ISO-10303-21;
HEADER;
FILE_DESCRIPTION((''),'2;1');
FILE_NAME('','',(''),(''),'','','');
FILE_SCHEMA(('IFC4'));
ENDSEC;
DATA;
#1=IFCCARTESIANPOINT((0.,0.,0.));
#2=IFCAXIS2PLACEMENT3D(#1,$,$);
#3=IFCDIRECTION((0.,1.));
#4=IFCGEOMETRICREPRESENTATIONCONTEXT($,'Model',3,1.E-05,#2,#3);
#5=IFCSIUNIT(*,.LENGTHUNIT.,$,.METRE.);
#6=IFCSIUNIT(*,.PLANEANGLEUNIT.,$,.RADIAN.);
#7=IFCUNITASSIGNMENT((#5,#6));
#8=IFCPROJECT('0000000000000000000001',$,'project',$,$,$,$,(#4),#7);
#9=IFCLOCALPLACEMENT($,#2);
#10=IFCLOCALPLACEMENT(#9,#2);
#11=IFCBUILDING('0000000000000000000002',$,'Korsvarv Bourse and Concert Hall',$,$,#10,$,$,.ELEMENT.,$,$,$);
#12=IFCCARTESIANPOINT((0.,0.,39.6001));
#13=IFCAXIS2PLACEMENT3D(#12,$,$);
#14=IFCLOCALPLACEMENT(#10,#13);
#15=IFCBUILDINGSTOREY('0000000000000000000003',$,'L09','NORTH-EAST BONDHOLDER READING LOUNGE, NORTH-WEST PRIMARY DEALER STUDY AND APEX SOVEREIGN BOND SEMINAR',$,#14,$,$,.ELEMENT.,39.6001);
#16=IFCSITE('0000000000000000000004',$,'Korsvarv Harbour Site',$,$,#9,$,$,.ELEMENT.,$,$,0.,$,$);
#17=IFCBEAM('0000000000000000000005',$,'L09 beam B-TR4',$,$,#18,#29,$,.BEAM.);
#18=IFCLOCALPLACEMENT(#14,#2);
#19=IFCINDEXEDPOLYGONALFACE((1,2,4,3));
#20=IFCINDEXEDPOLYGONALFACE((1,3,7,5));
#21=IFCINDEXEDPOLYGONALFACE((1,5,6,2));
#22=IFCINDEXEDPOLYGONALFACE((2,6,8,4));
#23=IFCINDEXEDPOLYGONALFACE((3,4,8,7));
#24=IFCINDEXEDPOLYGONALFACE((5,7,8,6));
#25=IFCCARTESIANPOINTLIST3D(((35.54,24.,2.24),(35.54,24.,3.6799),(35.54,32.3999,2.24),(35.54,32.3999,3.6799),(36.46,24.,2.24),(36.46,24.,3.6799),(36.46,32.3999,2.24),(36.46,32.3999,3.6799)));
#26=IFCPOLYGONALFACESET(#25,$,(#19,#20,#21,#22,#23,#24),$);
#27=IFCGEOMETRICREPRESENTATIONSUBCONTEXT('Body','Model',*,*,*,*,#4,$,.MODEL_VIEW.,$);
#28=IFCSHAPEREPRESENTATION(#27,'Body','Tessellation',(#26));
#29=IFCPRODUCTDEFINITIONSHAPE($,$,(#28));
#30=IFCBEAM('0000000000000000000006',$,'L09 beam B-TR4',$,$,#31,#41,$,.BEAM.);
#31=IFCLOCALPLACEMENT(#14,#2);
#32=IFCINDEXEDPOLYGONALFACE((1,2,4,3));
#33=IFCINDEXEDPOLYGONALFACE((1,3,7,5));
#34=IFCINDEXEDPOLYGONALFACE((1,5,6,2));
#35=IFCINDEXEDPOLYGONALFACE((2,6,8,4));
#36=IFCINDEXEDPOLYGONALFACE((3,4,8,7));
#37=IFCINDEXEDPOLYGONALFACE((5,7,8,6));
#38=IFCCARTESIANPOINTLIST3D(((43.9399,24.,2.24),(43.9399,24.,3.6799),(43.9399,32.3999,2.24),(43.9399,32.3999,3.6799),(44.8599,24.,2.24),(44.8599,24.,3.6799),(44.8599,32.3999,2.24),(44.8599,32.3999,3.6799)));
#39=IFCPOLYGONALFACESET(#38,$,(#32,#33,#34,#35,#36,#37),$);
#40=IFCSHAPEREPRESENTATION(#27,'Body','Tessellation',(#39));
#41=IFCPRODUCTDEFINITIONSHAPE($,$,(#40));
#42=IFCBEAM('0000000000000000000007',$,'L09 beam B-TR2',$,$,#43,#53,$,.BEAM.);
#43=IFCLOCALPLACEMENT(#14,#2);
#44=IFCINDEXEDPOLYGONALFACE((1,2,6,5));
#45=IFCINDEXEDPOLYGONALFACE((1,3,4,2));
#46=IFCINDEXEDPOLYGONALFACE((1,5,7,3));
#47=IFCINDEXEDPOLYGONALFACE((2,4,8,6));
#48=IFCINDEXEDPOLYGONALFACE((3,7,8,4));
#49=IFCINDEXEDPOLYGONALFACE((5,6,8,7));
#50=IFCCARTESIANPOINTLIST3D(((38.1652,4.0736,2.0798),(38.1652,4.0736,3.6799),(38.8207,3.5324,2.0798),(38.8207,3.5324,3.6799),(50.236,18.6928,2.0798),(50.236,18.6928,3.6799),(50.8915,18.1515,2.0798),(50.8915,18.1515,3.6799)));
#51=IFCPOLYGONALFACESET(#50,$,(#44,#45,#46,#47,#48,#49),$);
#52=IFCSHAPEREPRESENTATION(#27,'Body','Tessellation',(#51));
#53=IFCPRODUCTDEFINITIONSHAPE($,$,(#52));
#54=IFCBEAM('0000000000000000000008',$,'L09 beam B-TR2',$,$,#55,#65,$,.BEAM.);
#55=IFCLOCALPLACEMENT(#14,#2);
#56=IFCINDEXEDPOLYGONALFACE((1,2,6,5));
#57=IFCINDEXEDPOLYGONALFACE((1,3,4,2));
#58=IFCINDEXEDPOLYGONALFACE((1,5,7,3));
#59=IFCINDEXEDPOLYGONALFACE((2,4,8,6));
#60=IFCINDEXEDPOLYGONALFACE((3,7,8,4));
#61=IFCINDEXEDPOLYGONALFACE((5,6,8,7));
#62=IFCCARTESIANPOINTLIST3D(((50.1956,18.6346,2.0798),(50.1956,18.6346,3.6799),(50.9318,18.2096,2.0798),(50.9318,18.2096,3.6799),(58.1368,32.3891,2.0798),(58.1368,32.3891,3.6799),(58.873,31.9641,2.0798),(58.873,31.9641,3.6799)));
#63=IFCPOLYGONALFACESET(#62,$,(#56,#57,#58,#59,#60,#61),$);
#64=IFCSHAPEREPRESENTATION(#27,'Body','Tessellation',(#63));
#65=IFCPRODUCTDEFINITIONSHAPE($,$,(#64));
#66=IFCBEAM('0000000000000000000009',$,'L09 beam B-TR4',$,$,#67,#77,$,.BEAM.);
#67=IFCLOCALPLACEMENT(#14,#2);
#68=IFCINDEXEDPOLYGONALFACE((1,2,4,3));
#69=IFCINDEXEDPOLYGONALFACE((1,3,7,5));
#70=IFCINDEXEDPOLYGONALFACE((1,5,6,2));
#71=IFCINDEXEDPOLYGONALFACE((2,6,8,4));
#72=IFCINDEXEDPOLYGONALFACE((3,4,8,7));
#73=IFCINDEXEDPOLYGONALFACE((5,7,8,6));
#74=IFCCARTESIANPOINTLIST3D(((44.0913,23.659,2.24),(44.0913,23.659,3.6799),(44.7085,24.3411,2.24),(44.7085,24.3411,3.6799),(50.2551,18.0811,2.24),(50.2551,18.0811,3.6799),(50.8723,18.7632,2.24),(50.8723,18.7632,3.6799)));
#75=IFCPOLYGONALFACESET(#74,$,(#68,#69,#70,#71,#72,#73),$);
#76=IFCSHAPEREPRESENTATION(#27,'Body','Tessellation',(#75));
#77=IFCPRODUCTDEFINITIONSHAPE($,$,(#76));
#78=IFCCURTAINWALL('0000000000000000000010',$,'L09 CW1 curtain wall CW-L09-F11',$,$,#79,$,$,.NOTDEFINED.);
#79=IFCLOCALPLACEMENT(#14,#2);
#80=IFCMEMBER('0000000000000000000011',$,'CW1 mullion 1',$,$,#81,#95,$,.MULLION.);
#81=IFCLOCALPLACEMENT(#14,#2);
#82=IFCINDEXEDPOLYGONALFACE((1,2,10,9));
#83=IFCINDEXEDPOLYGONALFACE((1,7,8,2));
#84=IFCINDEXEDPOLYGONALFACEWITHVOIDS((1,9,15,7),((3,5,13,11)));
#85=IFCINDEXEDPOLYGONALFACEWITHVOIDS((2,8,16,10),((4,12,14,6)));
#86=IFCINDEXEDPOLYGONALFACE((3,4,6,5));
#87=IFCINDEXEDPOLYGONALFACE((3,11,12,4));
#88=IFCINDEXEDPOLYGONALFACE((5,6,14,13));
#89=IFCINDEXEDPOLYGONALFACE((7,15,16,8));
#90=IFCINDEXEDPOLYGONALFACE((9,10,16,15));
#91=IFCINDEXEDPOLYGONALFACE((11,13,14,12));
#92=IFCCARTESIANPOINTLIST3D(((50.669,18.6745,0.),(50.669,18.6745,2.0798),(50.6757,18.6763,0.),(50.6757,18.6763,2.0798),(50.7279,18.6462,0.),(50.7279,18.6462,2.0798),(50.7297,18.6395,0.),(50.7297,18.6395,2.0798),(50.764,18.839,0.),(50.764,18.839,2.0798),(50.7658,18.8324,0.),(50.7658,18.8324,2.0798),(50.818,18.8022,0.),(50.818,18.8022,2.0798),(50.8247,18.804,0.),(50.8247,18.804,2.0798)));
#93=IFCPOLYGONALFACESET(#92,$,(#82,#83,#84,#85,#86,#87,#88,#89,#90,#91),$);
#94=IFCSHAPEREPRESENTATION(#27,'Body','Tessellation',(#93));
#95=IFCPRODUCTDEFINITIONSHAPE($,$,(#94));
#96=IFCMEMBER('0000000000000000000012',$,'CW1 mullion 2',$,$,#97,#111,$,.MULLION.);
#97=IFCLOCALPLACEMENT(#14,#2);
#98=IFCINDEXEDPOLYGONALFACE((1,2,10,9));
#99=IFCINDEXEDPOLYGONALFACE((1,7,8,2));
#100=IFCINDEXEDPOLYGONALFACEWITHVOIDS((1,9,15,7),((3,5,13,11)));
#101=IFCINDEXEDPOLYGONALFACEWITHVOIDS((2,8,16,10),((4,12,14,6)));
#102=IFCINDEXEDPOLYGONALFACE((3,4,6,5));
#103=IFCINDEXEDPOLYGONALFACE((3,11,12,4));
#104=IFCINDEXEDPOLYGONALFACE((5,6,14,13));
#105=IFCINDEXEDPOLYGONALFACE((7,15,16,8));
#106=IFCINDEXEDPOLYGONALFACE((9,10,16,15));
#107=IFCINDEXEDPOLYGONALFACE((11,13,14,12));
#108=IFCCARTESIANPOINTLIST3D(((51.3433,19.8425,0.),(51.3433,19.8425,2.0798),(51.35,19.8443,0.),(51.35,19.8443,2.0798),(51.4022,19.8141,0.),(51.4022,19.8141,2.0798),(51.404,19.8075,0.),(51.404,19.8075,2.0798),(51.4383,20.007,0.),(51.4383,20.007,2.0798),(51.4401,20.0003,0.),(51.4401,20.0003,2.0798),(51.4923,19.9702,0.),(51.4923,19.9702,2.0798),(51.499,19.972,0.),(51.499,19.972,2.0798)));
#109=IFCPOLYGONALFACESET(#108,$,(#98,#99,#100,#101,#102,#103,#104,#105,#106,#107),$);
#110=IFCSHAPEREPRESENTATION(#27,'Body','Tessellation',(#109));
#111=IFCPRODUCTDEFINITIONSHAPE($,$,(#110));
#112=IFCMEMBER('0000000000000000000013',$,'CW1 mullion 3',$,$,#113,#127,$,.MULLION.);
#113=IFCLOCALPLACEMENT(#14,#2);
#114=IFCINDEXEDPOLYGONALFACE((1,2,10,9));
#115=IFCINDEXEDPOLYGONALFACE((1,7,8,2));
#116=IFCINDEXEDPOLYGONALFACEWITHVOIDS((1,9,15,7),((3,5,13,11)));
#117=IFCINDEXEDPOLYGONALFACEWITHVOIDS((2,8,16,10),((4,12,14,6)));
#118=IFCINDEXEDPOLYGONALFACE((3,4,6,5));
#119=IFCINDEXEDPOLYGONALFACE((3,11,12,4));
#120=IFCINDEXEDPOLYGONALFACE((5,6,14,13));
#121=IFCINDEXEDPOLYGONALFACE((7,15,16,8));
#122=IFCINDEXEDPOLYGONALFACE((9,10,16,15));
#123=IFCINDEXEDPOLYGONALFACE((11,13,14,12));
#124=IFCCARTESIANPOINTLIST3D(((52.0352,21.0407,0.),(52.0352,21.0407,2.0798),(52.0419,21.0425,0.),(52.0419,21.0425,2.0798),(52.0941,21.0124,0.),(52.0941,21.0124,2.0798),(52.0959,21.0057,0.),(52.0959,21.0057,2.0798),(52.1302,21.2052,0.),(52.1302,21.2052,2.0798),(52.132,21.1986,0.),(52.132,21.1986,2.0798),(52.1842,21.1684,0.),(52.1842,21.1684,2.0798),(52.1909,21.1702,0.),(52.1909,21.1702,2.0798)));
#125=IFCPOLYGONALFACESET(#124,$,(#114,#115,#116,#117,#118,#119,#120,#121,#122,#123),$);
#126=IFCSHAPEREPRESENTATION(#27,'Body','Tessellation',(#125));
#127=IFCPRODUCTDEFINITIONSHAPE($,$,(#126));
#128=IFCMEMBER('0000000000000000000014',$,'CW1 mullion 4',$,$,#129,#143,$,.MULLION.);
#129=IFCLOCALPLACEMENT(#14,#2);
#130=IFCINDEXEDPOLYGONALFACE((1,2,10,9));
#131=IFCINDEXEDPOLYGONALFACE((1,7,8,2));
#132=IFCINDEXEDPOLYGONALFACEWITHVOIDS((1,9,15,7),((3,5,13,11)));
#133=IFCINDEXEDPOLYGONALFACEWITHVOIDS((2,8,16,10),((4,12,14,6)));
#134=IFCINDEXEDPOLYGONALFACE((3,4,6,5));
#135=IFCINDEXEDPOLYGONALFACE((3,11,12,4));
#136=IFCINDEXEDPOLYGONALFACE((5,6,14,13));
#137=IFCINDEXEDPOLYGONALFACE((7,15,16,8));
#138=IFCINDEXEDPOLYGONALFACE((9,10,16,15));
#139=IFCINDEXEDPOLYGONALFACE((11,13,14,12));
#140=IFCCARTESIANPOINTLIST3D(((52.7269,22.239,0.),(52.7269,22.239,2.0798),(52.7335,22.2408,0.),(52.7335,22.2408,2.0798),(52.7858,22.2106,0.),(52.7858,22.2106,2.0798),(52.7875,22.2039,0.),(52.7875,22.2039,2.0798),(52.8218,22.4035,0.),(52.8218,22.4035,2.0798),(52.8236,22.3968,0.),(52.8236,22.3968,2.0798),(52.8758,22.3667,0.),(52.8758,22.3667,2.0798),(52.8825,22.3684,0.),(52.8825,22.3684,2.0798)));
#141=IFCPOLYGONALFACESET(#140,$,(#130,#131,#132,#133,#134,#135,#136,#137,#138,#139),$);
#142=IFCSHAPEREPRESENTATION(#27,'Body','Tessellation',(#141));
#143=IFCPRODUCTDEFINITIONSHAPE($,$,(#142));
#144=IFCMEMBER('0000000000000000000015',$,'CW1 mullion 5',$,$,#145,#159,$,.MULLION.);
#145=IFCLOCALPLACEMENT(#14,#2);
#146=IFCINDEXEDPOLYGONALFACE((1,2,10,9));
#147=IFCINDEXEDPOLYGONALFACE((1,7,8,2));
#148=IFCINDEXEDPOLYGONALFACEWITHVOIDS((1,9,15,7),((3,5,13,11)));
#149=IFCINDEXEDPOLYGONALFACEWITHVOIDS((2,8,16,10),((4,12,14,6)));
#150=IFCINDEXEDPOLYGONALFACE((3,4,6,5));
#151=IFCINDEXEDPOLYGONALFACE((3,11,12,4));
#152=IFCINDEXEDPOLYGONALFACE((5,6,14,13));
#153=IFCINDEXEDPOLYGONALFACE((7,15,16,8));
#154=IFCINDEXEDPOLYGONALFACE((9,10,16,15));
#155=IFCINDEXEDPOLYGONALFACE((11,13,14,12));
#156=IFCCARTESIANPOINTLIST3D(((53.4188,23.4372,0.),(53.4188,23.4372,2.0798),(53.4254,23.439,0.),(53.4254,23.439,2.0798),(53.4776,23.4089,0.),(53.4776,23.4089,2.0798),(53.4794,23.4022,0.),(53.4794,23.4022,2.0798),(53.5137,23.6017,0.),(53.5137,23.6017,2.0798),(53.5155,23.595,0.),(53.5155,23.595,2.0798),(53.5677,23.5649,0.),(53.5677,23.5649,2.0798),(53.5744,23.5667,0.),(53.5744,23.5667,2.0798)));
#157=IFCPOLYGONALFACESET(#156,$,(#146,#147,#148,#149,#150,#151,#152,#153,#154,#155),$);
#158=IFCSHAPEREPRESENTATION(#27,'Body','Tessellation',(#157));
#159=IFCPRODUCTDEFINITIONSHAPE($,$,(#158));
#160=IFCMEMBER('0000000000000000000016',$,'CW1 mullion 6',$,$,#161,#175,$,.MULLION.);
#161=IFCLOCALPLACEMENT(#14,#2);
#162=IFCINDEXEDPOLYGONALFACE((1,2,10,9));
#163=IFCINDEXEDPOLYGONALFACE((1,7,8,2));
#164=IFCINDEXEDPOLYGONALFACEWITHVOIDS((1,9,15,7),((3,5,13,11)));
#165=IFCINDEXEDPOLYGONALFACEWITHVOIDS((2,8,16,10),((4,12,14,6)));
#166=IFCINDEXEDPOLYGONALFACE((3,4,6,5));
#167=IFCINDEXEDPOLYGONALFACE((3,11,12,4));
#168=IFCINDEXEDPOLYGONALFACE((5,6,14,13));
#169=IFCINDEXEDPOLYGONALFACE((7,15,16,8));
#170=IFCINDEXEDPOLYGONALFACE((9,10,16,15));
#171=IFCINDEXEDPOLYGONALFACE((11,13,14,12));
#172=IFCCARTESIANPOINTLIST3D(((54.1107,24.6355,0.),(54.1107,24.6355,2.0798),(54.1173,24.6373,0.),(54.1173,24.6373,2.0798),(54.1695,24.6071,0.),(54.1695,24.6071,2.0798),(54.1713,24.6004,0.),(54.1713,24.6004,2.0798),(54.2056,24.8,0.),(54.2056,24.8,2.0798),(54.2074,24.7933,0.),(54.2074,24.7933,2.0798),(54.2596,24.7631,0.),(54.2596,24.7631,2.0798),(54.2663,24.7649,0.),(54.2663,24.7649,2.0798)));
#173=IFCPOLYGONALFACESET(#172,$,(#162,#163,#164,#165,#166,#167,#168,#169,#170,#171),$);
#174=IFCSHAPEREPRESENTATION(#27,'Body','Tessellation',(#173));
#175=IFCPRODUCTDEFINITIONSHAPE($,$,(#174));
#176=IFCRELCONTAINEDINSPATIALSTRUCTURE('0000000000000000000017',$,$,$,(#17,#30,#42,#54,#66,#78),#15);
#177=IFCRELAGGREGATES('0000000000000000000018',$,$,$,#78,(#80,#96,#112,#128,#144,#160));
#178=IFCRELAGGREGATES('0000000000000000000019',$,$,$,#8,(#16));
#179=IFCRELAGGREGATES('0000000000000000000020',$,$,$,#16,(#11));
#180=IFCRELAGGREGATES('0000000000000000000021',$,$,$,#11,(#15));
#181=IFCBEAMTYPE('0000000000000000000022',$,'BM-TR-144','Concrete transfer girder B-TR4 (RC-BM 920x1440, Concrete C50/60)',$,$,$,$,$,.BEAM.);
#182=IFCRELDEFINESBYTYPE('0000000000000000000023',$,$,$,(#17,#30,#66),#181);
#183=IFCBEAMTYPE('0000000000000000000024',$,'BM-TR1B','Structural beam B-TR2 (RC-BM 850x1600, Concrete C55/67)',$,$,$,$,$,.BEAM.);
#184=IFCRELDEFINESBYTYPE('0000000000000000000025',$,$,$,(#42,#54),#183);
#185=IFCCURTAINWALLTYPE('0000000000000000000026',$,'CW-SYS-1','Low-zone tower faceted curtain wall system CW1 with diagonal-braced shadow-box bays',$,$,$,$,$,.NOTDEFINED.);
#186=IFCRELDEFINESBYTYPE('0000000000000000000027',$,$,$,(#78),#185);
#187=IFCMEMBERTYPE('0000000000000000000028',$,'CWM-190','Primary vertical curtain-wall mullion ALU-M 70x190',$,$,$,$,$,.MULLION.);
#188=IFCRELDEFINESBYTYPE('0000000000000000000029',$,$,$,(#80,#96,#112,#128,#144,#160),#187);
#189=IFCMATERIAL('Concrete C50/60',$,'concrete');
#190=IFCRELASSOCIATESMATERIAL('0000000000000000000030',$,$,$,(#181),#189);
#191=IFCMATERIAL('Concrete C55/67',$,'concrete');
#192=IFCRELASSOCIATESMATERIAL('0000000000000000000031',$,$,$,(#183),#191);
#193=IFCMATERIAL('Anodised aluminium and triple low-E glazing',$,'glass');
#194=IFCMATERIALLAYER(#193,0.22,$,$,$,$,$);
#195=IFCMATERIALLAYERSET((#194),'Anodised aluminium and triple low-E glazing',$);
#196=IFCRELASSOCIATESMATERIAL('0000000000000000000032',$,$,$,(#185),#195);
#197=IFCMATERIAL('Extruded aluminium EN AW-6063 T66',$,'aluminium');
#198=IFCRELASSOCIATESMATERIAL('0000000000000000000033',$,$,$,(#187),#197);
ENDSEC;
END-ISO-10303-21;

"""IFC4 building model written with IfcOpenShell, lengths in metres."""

from ifc_helpers import new_model, si_unit, direction, frame, origin, origin_2d, place, context, subcontext, project, spatial, rectangle, hollow_rectangle, extrude, source, transform, mapped, material, layer, layer_set, material_profile, profile_set, type_object, element, aggregate, save


model = new_model("IFC4")

# Units and contexts
model_context = context("Model", 3, precision=1e-05, world=origin(), true_north=direction((0.0, 1.0)))
body_context = subcontext(model_context, "Body", "Model", "MODEL_VIEW")
ifc_project = project(units=[si_unit("LENGTHUNIT", "METRE"), si_unit("PLANEANGLEUNIT", "RADIAN")], contexts=[model_context])

# Site, building, storey
site_placement = place(None, origin())
site = spatial("IfcSite", under=ifc_project, at=site_placement, Name="Korsvarv Harbour Site", CompositionType="ELEMENT", RefElevation=0.0)
building_placement = place(site_placement, origin())
building = spatial("IfcBuilding", under=site, at=building_placement, Name="Korsvarv Bourse and Concert Hall", CompositionType="ELEMENT")
storey_placement = place(building_placement, frame((0.0, 0.0, 39.6001)))
storey = spatial("IfcBuildingStorey", under=building, at=storey_placement, Name="L09", Description="NORTH-EAST BONDHOLDER READING LOUNGE, NORTH-WEST PRIMARY DEALER STUDY AND APEX SOVEREIGN BOND SEMINAR", CompositionType="ELEMENT", Elevation=39.6001)

# Beams
ifc_material_1 = material(Name="Concrete C50/60", Category="concrete")
ifc_material_profile_1 = material_profile(ifc_material_1, rectangle(XDim=0.9199, YDim=1.4399, at=origin_2d()), Name="RC-BM 920x1440")
ifc_profile_set_1 = profile_set([ifc_material_profile_1], Name="Concrete C50/60")
beam_type_1 = type_object("IfcBeamType", Name="BM-TR-144", Description="Concrete transfer girder B-TR4 (RC-BM 920x1440, Concrete C50/60)", PredefinedType="BEAM", material=ifc_profile_set_1)
shared_shape_1 = source(origin(), body_context, "Body", "SweptSolid", [
    extrude(rectangle(XDim=0.9199, YDim=1.4399, at=origin_2d()), origin(), (0.0, 0.0, 1.0), 8.3999),
])
for number, where, z_axis, x_axis, name in (
    (1, (36.0, 24.0, 2.96), (0.0, 1.0, 0.0), (-1.0, 0.0, 0.0), "L09 beam B-TR4"),
    (2, (44.3999, 24.0, 2.96), (0.0, 1.0, 0.0), (-1.0, 0.0, 0.0), "L09 beam B-TR4"),
):
    element("IfcBeam", number, at=place(storey_placement, frame(where, z_axis=z_axis, x_axis=x_axis)), inside=storey, type_object=beam_type_1, Name=name, PredefinedType="BEAM", context=body_context, shape_type="MappedRepresentation", body=[
        mapped(shared_shape_1, transform((0.0, 0.0, 0.0), scale=1.0)),
    ])
ifc_material_2 = material(Name="Concrete C55/67", Category="concrete")
ifc_material_profile_2 = material_profile(ifc_material_2, rectangle(XDim=0.8501, YDim=1.6001, at=origin_2d()), Name="RC-BM 850x1600")
ifc_profile_set_2 = profile_set([ifc_material_profile_2], Name="Concrete C55/67")
beam_type_2 = type_object("IfcBeamType", Name="BM-TR1B", Description="Structural beam B-TR2 (RC-BM 850x1600, Concrete C55/67)", PredefinedType="BEAM", material=ifc_profile_set_2)
shared_shape_2 = source(origin(), body_context, "Body", "SweptSolid", [
    extrude(rectangle(XDim=0.8501, YDim=1.6001, at=origin_2d()), origin(), (0.0, 0.0, 1.0), 18.9585),
])
beam_1_placement = place(storey_placement, frame((38.4929, 3.803, 2.8799), z_axis=(0.636697, 0.771114, 0.0), x_axis=(-0.771114, 0.636697, 0.0)))
element("IfcBeam", 3, at=beam_1_placement, inside=storey, type_object=beam_type_2, Name="L09 beam B-TR2", PredefinedType="BEAM", context=body_context, shape_type="MappedRepresentation", body=[
    mapped(shared_shape_2, transform((0.0, 0.0, 0.0), scale=1.0)),
])
shared_shape_3 = source(origin(), body_context, "Body", "SweptSolid", [
    extrude(rectangle(XDim=0.8501, YDim=1.6001, at=origin_2d()), origin(), (0.0, 0.0, 1.0), 15.8823),
])
beam_2_placement = place(storey_placement, frame((50.5637, 18.4221, 2.8799), z_axis=(0.500003, 0.866024, 0.0), x_axis=(-0.866024, 0.500003, 0.0)))
element("IfcBeam", 4, at=beam_2_placement, inside=storey, type_object=beam_type_2, Name="L09 beam B-TR2", PredefinedType="BEAM", context=body_context, shape_type="MappedRepresentation", body=[
    mapped(shared_shape_3, transform((0.0, 0.0, 0.0), scale=1.0)),
])
shared_shape_4 = source(origin(), body_context, "Body", "SweptSolid", [
    extrude(rectangle(XDim=0.9199, YDim=1.4399, at=origin_2d()), origin(), (0.0, 0.0, 1.0), 8.313),
])
beam_3_placement = place(storey_placement, frame((50.5637, 18.4221, 2.96), z_axis=(-0.74147, 0.670986, 0.0), x_axis=(-0.670986, -0.74147, 0.0)))
element("IfcBeam", 5, at=beam_3_placement, inside=storey, type_object=beam_type_1, Name="L09 beam B-TR4", PredefinedType="BEAM", context=body_context, shape_type="MappedRepresentation", body=[
    mapped(shared_shape_4, transform((0.0, 0.0, 0.0), scale=1.0)),
])

# Curtain wall, members
ifc_material_3 = material(Name="Anodised aluminium and triple low-E glazing", Category="glass")
ifc_layer_1 = layer(ifc_material_3, 0.22)
ifc_layer_set_1 = layer_set([ifc_layer_1], Name="Anodised aluminium and triple low-E glazing")
curtain_wall_type = type_object("IfcCurtainWallType", Name="CW-SYS-1", Description="Low-zone tower faceted curtain wall system CW1 with diagonal-braced shadow-box bays", PredefinedType="NOTDEFINED", material=ifc_layer_set_1)
curtain_wall_placement = place(storey_placement, origin())
curtain_wall = element("IfcCurtainWall", 6, at=curtain_wall_placement, inside=storey, type_object=curtain_wall_type, Name="L09 CW1 curtain wall CW-L09-F11", PredefinedType="NOTDEFINED")
ifc_material_4 = material(Name="Extruded aluminium EN AW-6063 T66", Category="aluminium")
ifc_material_profile_3 = material_profile(ifc_material_4, hollow_rectangle(XDim=0.0701, YDim=0.1899, WallThickness=0.0049, at=origin_2d()), Name="ALU-M 70x190")
ifc_profile_set_3 = profile_set([ifc_material_profile_3], Name="Extruded aluminium EN AW-6063 T66")
member_type_1 = type_object("IfcMemberType", Name="CWM-190", Description="Primary vertical curtain-wall mullion ALU-M 70x190", PredefinedType="MULLION", material=ifc_profile_set_3)
shared_shape_5 = source(origin(), body_context, "Body", "SweptSolid", [
    extrude(hollow_rectangle(XDim=0.0701, YDim=0.1899, WallThickness=0.0049, at=origin_2d()), origin(), (0.0, 0.0, 1.0), 2.0798),
])
member_1_placement = place(storey_placement, frame((50.7468, 18.7393, 0.0), z_axis=(0.0, 0.0, 1.0), x_axis=(-0.866026, 0.5, 0.0)))
member_1 = element("IfcMember", 7, at=member_1_placement, type_object=member_type_1, Name="CW1 mullion 1", PredefinedType="MULLION", context=body_context, shape_type="MappedRepresentation", body=[
    mapped(shared_shape_5, transform((0.0, 0.0, 0.0), scale=1.0)),
])
member_2_placement = place(storey_placement, frame((51.4211, 19.9072, 0.0), z_axis=(0.0, 0.0, 1.0), x_axis=(-0.866026, 0.5, 0.0)))
member_2 = element("IfcMember", 8, at=member_2_placement, type_object=member_type_1, Name="CW1 mullion 2", PredefinedType="MULLION", context=body_context, shape_type="MappedRepresentation", body=[
    mapped(shared_shape_5, transform((0.0, 0.0, 0.0), scale=1.0)),
])
member_3_placement = place(storey_placement, frame((52.113, 21.1055, 0.0), z_axis=(0.0, 0.0, 1.0), x_axis=(-0.866026, 0.5, 0.0)))
member_3 = element("IfcMember", 9, at=member_3_placement, type_object=member_type_1, Name="CW1 mullion 3", PredefinedType="MULLION", context=body_context, shape_type="MappedRepresentation", body=[
    mapped(shared_shape_5, transform((0.0, 0.0, 0.0), scale=1.0)),
])
member_4_placement = place(storey_placement, frame((52.8047, 22.3037, 0.0), z_axis=(0.0, 0.0, 1.0), x_axis=(-0.866026, 0.5, 0.0)))
member_4 = element("IfcMember", 10, at=member_4_placement, type_object=member_type_1, Name="CW1 mullion 4", PredefinedType="MULLION", context=body_context, shape_type="MappedRepresentation", body=[
    mapped(shared_shape_5, transform((0.0, 0.0, 0.0), scale=1.0)),
])
member_5_placement = place(storey_placement, frame((53.4966, 23.502, 0.0), z_axis=(0.0, 0.0, 1.0), x_axis=(-0.866026, 0.5, 0.0)))
member_5 = element("IfcMember", 11, at=member_5_placement, type_object=member_type_1, Name="CW1 mullion 5", PredefinedType="MULLION", context=body_context, shape_type="MappedRepresentation", body=[
    mapped(shared_shape_5, transform((0.0, 0.0, 0.0), scale=1.0)),
])
member_6_placement = place(storey_placement, frame((54.1885, 24.7002, 0.0), z_axis=(0.0, 0.0, 1.0), x_axis=(-0.866026, 0.5, 0.0)))
member_6 = element("IfcMember", 12, at=member_6_placement, type_object=member_type_1, Name="CW1 mullion 6", PredefinedType="MULLION", context=body_context, shape_type="MappedRepresentation", body=[
    mapped(shared_shape_5, transform((0.0, 0.0, 0.0), scale=1.0)),
])
aggregate(curtain_wall, [member_1, member_2, member_3, member_4, member_5, member_6])

save(model, "model.ifc")
